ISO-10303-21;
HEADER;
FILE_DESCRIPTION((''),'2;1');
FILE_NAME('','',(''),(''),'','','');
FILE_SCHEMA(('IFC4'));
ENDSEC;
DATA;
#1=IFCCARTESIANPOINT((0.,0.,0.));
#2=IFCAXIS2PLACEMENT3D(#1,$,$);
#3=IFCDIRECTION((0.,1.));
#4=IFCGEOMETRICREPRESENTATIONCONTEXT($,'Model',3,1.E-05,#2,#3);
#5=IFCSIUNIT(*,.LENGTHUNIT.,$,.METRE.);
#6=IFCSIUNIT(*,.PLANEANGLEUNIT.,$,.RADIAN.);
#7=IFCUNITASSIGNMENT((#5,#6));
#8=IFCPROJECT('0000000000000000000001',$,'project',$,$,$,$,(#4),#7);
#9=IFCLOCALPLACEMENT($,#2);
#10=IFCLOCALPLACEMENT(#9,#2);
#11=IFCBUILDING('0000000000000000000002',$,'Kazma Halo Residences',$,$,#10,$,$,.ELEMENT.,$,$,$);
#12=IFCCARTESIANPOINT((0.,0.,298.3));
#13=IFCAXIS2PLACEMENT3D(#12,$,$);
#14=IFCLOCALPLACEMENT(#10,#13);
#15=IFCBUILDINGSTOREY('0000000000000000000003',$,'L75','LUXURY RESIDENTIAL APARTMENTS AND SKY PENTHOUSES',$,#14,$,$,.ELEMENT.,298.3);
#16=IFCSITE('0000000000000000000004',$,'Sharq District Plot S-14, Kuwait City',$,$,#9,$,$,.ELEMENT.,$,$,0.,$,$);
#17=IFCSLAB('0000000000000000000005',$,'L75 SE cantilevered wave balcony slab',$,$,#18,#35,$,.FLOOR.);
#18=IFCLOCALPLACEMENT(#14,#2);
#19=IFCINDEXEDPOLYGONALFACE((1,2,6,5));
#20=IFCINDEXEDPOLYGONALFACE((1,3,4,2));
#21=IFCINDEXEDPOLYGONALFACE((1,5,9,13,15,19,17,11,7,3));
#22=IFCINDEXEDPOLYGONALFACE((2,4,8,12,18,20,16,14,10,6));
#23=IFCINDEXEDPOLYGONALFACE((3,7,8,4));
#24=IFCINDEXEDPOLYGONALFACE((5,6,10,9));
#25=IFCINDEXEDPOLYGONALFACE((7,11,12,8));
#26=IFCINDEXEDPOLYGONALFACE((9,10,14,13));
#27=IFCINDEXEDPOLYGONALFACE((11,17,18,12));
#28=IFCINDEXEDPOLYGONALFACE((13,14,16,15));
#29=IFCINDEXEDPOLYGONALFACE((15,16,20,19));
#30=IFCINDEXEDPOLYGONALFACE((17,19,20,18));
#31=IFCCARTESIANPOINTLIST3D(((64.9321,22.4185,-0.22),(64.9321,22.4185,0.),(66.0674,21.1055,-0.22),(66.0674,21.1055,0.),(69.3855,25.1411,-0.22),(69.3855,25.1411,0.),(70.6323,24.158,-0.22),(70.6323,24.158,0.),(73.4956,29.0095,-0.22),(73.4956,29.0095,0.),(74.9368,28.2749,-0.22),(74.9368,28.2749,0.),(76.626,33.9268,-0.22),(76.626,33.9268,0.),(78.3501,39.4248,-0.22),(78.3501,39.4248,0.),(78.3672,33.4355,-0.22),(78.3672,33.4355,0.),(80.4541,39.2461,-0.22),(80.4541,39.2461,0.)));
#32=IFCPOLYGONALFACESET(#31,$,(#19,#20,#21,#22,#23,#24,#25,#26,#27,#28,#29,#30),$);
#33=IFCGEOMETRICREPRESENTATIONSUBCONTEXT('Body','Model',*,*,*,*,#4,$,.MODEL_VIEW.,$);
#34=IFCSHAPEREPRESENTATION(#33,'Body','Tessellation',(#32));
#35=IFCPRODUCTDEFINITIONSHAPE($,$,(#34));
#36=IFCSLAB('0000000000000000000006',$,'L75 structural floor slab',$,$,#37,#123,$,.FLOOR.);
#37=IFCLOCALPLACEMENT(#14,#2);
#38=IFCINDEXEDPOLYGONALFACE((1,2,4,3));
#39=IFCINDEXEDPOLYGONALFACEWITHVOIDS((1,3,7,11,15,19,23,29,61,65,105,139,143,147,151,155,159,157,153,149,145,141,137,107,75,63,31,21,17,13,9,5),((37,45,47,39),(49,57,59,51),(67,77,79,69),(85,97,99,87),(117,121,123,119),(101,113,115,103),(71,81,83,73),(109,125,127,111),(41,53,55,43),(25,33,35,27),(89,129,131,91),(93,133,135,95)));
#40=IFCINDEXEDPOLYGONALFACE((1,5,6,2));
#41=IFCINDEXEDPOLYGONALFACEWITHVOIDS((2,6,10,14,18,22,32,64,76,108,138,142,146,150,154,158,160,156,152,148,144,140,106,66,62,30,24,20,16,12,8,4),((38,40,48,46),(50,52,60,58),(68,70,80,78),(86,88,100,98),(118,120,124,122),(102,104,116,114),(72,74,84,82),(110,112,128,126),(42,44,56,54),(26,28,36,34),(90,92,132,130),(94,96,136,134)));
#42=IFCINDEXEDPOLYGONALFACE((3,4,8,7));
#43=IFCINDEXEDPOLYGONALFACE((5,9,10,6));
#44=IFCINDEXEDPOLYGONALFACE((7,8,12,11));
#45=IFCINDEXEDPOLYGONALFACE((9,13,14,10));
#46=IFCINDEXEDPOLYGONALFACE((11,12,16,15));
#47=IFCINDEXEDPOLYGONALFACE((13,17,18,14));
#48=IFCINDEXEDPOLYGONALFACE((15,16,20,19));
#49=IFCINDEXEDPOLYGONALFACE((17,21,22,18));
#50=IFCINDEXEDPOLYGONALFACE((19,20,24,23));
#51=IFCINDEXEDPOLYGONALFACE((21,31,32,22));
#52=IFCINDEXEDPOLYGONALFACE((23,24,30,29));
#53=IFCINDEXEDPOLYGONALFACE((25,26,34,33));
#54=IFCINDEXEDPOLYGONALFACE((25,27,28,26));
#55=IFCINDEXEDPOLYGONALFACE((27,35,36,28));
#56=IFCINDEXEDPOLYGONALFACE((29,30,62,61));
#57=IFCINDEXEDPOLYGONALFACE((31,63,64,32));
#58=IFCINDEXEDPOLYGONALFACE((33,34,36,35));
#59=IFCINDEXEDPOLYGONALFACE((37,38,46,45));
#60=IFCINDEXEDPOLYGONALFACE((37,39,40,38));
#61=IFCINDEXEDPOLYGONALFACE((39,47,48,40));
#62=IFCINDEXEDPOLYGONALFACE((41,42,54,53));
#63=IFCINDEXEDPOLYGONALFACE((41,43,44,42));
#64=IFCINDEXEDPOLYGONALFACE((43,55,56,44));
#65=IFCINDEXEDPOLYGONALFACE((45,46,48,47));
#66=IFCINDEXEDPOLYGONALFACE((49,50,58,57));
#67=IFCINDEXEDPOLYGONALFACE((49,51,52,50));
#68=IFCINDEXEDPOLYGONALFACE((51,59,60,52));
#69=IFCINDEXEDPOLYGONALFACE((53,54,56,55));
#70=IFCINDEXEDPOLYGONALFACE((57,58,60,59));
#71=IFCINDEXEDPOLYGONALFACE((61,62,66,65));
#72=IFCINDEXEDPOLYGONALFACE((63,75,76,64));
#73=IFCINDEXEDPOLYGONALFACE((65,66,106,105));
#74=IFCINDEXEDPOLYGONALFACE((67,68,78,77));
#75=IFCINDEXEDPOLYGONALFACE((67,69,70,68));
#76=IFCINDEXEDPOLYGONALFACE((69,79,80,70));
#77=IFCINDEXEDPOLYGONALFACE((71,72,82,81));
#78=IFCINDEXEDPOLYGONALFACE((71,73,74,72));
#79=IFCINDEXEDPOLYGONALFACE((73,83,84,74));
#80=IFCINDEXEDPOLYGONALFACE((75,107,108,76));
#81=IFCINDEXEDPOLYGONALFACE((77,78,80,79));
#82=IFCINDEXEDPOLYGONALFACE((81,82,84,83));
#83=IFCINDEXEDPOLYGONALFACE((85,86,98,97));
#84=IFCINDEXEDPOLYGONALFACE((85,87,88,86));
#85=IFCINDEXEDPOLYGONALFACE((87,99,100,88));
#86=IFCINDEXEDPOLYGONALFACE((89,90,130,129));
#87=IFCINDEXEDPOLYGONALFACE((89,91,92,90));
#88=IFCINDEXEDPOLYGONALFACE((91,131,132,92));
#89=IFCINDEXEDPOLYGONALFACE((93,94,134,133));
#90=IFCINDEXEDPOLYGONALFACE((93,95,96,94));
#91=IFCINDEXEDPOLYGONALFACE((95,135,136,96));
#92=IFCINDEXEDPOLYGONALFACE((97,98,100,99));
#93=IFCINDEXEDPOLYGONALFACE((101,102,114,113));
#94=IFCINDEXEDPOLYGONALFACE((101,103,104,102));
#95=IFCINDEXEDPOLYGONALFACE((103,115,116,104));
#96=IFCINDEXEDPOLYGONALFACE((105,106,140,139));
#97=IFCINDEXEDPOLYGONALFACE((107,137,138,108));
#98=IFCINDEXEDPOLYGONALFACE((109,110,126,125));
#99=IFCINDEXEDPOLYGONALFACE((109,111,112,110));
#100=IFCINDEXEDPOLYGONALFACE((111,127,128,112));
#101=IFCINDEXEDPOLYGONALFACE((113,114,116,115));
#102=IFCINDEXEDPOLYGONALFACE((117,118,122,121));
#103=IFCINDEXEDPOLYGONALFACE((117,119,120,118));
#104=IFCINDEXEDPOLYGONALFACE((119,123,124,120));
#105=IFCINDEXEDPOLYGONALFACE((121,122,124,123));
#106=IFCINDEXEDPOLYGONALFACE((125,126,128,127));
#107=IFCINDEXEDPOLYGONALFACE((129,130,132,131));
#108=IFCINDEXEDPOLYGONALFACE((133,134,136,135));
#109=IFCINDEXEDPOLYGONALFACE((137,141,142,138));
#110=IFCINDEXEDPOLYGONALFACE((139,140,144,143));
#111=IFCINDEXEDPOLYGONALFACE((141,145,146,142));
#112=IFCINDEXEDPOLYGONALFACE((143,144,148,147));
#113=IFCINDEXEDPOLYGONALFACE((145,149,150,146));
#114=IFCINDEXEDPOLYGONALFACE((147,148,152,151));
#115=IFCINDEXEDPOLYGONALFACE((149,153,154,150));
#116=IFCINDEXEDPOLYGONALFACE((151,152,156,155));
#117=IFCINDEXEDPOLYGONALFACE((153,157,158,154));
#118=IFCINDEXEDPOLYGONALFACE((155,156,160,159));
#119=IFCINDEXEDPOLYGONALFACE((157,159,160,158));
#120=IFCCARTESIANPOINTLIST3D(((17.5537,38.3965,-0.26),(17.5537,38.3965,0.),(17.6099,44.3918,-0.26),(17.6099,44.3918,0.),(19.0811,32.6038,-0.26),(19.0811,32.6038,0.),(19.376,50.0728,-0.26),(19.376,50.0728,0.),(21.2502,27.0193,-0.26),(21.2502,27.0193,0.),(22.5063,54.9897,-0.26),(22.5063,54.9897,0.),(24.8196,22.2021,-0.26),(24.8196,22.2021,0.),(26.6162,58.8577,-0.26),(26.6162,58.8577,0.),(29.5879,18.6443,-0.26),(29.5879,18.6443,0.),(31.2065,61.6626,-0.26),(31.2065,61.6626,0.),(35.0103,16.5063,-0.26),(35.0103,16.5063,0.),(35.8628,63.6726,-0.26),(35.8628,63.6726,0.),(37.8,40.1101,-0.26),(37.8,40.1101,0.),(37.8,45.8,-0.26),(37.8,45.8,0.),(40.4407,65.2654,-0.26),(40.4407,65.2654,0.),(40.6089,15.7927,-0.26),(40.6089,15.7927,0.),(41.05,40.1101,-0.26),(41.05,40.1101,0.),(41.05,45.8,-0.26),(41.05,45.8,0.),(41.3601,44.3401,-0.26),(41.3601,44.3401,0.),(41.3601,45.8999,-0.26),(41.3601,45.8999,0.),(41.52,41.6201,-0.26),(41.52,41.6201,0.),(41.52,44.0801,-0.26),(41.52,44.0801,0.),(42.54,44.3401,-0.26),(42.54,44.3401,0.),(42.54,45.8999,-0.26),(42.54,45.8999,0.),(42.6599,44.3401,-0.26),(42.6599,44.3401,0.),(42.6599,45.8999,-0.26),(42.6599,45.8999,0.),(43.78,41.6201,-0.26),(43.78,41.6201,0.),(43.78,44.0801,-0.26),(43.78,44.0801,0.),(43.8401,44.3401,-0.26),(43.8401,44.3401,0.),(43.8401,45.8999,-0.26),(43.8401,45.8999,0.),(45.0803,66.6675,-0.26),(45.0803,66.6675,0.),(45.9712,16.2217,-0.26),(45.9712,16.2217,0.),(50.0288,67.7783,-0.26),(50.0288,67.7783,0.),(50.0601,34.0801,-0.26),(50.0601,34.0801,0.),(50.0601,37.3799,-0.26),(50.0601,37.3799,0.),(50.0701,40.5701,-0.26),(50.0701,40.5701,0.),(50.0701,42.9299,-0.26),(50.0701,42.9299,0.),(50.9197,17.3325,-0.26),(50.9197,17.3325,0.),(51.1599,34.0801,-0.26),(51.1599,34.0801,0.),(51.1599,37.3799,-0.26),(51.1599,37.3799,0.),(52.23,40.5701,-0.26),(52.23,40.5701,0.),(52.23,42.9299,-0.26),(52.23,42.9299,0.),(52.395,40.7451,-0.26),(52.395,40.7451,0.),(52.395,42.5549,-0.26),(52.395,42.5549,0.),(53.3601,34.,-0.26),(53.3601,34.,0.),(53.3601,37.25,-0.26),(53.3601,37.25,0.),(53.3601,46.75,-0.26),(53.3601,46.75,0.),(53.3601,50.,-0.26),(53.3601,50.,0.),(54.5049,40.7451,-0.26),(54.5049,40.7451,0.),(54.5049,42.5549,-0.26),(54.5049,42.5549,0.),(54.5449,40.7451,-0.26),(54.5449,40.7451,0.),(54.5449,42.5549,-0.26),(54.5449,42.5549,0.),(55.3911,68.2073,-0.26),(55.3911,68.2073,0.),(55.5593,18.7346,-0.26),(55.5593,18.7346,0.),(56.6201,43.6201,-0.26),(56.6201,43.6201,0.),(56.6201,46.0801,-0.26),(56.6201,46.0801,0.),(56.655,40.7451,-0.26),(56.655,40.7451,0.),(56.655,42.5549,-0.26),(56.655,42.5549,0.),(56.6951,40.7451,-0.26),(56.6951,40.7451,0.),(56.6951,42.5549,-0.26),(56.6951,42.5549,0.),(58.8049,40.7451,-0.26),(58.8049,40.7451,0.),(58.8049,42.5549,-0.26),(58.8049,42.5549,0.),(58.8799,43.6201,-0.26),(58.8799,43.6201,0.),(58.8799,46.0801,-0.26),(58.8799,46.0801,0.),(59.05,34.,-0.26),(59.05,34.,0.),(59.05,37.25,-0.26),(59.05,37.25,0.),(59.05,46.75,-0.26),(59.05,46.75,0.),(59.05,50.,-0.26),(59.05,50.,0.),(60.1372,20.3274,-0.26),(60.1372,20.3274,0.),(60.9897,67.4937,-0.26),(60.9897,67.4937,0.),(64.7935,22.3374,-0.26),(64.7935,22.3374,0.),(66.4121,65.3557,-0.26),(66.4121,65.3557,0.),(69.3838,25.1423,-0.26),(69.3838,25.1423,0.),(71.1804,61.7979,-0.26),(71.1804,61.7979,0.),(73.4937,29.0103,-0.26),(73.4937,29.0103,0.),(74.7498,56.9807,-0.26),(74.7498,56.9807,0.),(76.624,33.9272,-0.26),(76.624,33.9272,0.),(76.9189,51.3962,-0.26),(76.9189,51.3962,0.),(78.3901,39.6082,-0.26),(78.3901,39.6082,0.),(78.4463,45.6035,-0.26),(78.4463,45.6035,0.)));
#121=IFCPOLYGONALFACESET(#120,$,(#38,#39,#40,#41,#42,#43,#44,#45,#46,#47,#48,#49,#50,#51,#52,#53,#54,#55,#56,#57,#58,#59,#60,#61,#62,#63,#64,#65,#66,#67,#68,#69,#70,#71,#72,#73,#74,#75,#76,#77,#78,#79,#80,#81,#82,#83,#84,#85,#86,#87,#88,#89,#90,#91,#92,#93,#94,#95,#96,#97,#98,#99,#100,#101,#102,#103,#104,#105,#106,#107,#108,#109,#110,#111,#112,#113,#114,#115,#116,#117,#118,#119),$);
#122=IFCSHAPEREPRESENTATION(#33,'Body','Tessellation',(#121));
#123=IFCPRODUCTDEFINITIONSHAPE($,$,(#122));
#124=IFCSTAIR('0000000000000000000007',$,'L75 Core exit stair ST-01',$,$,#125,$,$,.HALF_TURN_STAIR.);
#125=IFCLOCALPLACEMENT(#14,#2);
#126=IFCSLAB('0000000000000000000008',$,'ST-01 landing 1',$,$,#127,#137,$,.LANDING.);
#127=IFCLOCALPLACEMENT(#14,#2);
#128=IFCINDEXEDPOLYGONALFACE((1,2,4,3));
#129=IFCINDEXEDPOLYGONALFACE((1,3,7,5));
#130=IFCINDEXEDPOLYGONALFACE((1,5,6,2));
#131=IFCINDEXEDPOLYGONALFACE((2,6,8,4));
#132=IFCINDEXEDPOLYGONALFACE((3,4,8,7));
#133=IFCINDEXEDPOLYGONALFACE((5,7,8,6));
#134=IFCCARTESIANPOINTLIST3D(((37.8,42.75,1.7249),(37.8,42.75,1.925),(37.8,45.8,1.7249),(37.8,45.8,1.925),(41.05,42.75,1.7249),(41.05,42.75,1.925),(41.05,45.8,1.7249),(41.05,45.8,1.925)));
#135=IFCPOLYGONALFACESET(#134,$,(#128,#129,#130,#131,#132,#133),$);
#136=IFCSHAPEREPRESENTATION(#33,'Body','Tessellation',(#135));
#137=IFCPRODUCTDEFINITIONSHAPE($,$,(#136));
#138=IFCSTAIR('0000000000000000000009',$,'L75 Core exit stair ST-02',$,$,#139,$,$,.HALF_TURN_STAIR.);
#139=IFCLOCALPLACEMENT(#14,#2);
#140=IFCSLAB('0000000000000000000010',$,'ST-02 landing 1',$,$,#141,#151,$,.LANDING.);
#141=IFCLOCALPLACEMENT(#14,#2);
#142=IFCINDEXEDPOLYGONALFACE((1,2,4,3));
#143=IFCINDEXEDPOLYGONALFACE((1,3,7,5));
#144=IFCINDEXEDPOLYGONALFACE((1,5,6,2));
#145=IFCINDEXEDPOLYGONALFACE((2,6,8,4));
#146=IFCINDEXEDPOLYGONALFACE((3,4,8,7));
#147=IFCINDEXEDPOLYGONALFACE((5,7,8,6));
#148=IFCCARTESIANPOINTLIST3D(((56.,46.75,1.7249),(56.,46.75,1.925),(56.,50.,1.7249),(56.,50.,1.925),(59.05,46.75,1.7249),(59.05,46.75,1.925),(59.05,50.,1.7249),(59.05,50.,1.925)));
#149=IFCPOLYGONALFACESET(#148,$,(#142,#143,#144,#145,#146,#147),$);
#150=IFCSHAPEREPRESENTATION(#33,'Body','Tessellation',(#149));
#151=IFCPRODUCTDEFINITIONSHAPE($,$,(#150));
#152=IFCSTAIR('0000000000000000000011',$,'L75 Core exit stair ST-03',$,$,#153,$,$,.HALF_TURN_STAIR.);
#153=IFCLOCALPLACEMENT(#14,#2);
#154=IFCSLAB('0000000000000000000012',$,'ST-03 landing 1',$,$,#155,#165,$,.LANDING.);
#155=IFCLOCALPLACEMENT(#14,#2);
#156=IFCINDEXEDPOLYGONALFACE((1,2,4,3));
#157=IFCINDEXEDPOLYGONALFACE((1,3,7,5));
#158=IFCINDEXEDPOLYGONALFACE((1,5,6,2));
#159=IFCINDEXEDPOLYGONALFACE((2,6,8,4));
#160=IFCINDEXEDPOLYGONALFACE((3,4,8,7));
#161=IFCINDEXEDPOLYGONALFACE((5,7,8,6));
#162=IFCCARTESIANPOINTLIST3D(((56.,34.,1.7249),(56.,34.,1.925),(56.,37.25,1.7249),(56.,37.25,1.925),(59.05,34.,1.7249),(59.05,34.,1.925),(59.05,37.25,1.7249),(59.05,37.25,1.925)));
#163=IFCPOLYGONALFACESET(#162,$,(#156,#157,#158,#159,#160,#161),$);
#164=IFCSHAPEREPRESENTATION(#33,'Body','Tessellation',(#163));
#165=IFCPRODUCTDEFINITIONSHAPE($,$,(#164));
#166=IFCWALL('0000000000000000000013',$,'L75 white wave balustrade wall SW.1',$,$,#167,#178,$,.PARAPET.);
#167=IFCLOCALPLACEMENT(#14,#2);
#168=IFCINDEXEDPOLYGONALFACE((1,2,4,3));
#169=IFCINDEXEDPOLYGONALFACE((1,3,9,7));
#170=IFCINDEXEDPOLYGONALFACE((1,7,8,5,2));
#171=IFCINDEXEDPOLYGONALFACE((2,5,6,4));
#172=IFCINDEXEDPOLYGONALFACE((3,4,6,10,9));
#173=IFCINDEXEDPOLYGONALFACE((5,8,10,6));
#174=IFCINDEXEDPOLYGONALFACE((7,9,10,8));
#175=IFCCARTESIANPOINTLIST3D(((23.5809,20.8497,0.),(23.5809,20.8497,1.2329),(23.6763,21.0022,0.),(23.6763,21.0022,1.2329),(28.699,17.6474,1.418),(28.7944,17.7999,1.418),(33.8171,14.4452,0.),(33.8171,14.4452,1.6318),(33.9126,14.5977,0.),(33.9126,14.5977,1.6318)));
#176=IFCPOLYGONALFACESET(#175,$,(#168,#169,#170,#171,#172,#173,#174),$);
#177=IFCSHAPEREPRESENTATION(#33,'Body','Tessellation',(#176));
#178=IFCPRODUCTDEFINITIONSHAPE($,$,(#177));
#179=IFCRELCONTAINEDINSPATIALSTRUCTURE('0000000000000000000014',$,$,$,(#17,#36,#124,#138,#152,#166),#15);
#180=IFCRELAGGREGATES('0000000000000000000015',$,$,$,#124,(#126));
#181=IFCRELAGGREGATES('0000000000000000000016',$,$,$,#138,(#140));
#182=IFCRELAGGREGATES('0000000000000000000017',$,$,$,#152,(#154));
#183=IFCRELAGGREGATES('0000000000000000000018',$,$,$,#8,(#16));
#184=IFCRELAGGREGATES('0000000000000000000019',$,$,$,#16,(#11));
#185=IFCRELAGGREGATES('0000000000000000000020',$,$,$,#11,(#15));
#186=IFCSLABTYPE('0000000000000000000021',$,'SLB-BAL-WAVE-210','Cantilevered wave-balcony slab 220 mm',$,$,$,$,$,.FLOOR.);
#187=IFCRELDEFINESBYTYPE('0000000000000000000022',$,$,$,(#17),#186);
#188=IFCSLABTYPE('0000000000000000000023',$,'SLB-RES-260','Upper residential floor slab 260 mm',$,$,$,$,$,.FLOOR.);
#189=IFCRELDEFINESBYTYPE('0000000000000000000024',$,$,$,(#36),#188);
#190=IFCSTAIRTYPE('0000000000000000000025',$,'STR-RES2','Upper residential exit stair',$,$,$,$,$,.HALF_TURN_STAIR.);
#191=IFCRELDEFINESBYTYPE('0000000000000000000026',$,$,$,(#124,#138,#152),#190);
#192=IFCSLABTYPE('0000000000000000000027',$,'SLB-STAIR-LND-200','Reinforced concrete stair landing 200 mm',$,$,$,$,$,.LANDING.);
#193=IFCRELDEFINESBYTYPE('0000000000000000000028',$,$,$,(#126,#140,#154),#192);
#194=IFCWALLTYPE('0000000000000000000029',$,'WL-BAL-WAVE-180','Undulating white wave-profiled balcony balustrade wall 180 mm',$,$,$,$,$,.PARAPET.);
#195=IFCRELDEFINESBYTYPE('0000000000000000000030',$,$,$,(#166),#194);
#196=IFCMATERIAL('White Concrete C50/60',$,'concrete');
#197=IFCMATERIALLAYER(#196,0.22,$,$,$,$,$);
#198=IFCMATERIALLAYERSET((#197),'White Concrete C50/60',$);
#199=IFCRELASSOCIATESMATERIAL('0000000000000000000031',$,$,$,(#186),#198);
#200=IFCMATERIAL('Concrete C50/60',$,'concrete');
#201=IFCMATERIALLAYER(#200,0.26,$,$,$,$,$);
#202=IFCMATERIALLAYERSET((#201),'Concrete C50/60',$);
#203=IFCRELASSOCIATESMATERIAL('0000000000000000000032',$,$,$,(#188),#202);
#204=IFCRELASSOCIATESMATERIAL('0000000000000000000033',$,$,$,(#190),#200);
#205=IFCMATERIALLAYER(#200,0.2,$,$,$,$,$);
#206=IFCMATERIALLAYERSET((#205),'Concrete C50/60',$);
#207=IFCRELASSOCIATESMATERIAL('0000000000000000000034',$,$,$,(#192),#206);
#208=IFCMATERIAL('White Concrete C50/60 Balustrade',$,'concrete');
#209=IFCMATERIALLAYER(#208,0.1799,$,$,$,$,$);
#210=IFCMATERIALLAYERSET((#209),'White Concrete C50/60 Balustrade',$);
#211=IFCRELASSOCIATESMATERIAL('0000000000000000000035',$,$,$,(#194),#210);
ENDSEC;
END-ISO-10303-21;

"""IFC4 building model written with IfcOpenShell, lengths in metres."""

from ifc_helpers import new_model, si_unit, direction, frame, origin, place, context, subcontext, project, spatial, polyline, outline, extrude, material, layer, layer_set, type_object, element, aggregate, save


model = new_model("IFC4")

# Units and contexts
model_context = context("Model", 3, precision=1e-05, world=origin(), true_north=direction((0.0, 1.0)))
body_context = subcontext(model_context, "Body", "Model", "MODEL_VIEW")
ifc_project = project(units=[si_unit("LENGTHUNIT", "METRE"), si_unit("PLANEANGLEUNIT", "RADIAN")], contexts=[model_context])

# Site, building, storey
site_placement = place(None, origin())
site = spatial("IfcSite", under=ifc_project, at=site_placement, Name="Sharq District Plot S-14, Kuwait City", CompositionType="ELEMENT", RefElevation=0.0)
building_placement = place(site_placement, origin())
building = spatial("IfcBuilding", under=site, at=building_placement, Name="Kazma Halo Residences", CompositionType="ELEMENT")
storey_placement = place(building_placement, frame((0.0, 0.0, 298.3)))
storey = spatial("IfcBuildingStorey", under=building, at=storey_placement, Name="L75", Description="LUXURY RESIDENTIAL APARTMENTS AND SKY PENTHOUSES", CompositionType="ELEMENT", Elevation=298.3)

# Slabs
ifc_material_1 = material(Name="White Concrete C50/60", Category="concrete")
ifc_layer_1 = layer(ifc_material_1, 0.22)
ifc_layer_set_1 = layer_set([ifc_layer_1], Name="White Concrete C50/60")
slab_type_1 = type_object("IfcSlabType", Name="SLB-BAL-WAVE-210", Description="Cantilevered wave-balcony slab 220 mm", PredefinedType="FLOOR", material=ifc_layer_set_1)
slab_1_placement = place(storey_placement, frame((0.0, 0.0, -0.22)))
element("IfcSlab", 1, at=slab_1_placement, inside=storey, type_object=slab_type_1, Name="L75 SE cantilevered wave balcony slab", PredefinedType="FLOOR", context=body_context, shape_type="SweptSolid", body=[
    extrude(outline(polyline([(64.9321, 22.4185), (69.3855, 25.1411), (73.4956, 29.0095), (76.626, 33.9268), (78.3501, 39.4248), (80.4541, 39.2461), (78.3672, 33.4355), (74.9368, 28.2749), (70.6323, 24.158), (66.0674, 21.1055), (64.9321, 22.4185)])), origin(), (0.0, 0.0, 1.0), 0.22),
])
ifc_material_2 = material(Name="Concrete C50/60", Category="concrete")
ifc_layer_2 = layer(ifc_material_2, 0.26)
ifc_layer_set_2 = layer_set([ifc_layer_2], Name="Concrete C50/60")
slab_type_2 = type_object("IfcSlabType", Name="SLB-RES-260", Description="Upper residential floor slab 260 mm", PredefinedType="FLOOR", material=ifc_layer_set_2)
slab_2_placement = place(storey_placement, frame((0.0, 0.0, -0.26)))
element("IfcSlab", 2, at=slab_2_placement, inside=storey, type_object=slab_type_2, Name="L75 structural floor slab", PredefinedType="FLOOR", context=body_context, shape_type="SweptSolid", body=[
    extrude(outline(polyline([(76.9189, 51.3962), (74.7498, 56.9807), (71.1804, 61.7979), (66.4121, 65.3557), (60.9897, 67.4937), (55.3911, 68.2073), (50.0288, 67.7783), (45.0803, 66.6675), (40.4407, 65.2654), (35.8628, 63.6726), (31.2065, 61.6626), (26.6162, 58.8577), (22.5063, 54.9897), (19.376, 50.0728), (17.6099, 44.3918), (17.5537, 38.3965), (19.0811, 32.6038), (21.2502, 27.0193), (24.8196, 22.2021), (29.5879, 18.6443), (35.0103, 16.5063), (40.6089, 15.7927), (45.9712, 16.2217), (50.9197, 17.3325), (55.5593, 18.7346), (60.1372, 20.3274), (64.7935, 22.3374), (69.3838, 25.1423), (73.4937, 29.0103), (76.624, 33.9272), (78.3901, 39.6082), (78.4463, 45.6035), (76.9189, 51.3962)]), holes=[polyline([(37.8, 40.1101), (41.05, 40.1101), (41.05, 45.8), (37.8, 45.8), (37.8, 40.1101)]), polyline([(53.3601, 46.75), (59.05, 46.75), (59.05, 50.0), (53.3601, 50.0), (53.3601, 46.75)]), polyline([(53.3601, 34.0), (59.05, 34.0), (59.05, 37.25), (53.3601, 37.25), (53.3601, 34.0)]), polyline([(41.52, 41.6201), (43.78, 41.6201), (43.78, 44.0801), (41.52, 44.0801), (41.52, 41.6201)]), polyline([(56.6201, 43.6201), (58.8799, 43.6201), (58.8799, 46.0801), (56.6201, 46.0801), (56.6201, 43.6201)]), polyline([(52.395, 40.7451), (54.5049, 40.7451), (54.5049, 42.5549), (52.395, 42.5549), (52.395, 40.7451)]), polyline([(54.5449, 40.7451), (56.655, 40.7451), (56.655, 42.5549), (54.5449, 42.5549), (54.5449, 40.7451)]), polyline([(56.6951, 40.7451), (58.8049, 40.7451), (58.8049, 42.5549), (56.6951, 42.5549), (56.6951, 40.7451)]), polyline([(50.0701, 40.5701), (52.23, 40.5701), (52.23, 42.9299), (50.0701, 42.9299), (50.0701, 40.5701)]), polyline([(41.3601, 44.3401), (42.54, 44.3401), (42.54, 45.8999), (41.3601, 45.8999), (41.3601, 44.3401)]), polyline([(42.6599, 44.3401), (43.8401, 44.3401), (43.8401, 45.8999), (42.6599, 45.8999), (42.6599, 44.3401)]), polyline([(50.0601, 34.0801), (51.1599, 34.0801), (51.1599, 37.3799), (50.0601, 37.3799), (50.0601, 34.0801)])]), origin(), (0.0, 0.0, 1.0), 0.26),
])

# Stairs, slabs
stair_type = type_object("IfcStairType", Name="STR-RES2", Description="Upper residential exit stair", PredefinedType="HALF_TURN_STAIR", material=ifc_material_2)
stair_1_placement = place(storey_placement, origin())
stair_1 = element("IfcStair", 3, at=stair_1_placement, inside=storey, type_object=stair_type, Name="L75 Core exit stair ST-01", PredefinedType="HALF_TURN_STAIR")
ifc_layer_3 = layer(ifc_material_2, 0.2)
ifc_layer_set_3 = layer_set([ifc_layer_3], Name="Concrete C50/60")
slab_type_3 = type_object("IfcSlabType", Name="SLB-STAIR-LND-200", Description="Reinforced concrete stair landing 200 mm", PredefinedType="LANDING", material=ifc_layer_set_3)
slab_3_placement = place(storey_placement, frame((0.0, 0.0, 1.7249)))
slab_3 = element("IfcSlab", 4, at=slab_3_placement, type_object=slab_type_3, Name="ST-01 landing 1", PredefinedType="LANDING", context=body_context, shape_type="SweptSolid", body=[
    extrude(outline(polyline([(41.05, 42.75), (41.05, 45.8), (37.8, 45.8), (37.8, 42.75), (41.05, 42.75)])), origin(), (0.0, 0.0, 1.0), 0.2002),
])
aggregate(stair_1, [slab_3])
stair_2_placement = place(storey_placement, origin())
stair_2 = element("IfcStair", 5, at=stair_2_placement, inside=storey, type_object=stair_type, Name="L75 Core exit stair ST-02", PredefinedType="HALF_TURN_STAIR")
slab_4_placement = place(storey_placement, frame((0.0, 0.0, 1.7249)))
slab_4 = element("IfcSlab", 6, at=slab_4_placement, type_object=slab_type_3, Name="ST-02 landing 1", PredefinedType="LANDING", context=body_context, shape_type="SweptSolid", body=[
    extrude(outline(polyline([(56.0, 46.75), (59.05, 46.75), (59.05, 50.0), (56.0, 50.0), (56.0, 46.75)])), origin(), (0.0, 0.0, 1.0), 0.2002),
])
aggregate(stair_2, [slab_4])
stair_3_placement = place(storey_placement, origin())
stair_3 = element("IfcStair", 7, at=stair_3_placement, inside=storey, type_object=stair_type, Name="L75 Core exit stair ST-03", PredefinedType="HALF_TURN_STAIR")
slab_5_placement = place(storey_placement, frame((0.0, 0.0, 1.7249)))
slab_5 = element("IfcSlab", 8, at=slab_5_placement, type_object=slab_type_3, Name="ST-03 landing 1", PredefinedType="LANDING", context=body_context, shape_type="SweptSolid", body=[
    extrude(outline(polyline([(56.0, 34.0), (59.05, 34.0), (59.05, 37.25), (56.0, 37.25), (56.0, 34.0)])), origin(), (0.0, 0.0, 1.0), 0.2002),
])
aggregate(stair_3, [slab_5])

# Wall
ifc_material_3 = material(Name="White Concrete C50/60 Balustrade", Category="concrete")
ifc_layer_4 = layer(ifc_material_3, 0.1799)
ifc_layer_set_4 = layer_set([ifc_layer_4], Name="White Concrete C50/60 Balustrade")
wall_type_1 = type_object("IfcWallType", Name="WL-BAL-WAVE-180", Description="Undulating white wave-profiled balcony balustrade wall 180 mm", PredefinedType="PARAPET", material=ifc_layer_set_4)
wall_1_placement = place(storey_placement, frame((23.6287, 20.926, 0.0), z_axis=(0.0, 0.0, 1.0), x_axis=(0.847744, -0.530406, 0.0)))
element("IfcWall", 9, at=wall_1_placement, inside=storey, type_object=wall_type_1, Name="L75 white wave balustrade wall SW.1", PredefinedType="PARAPET", context=body_context, shape_type="SweptSolid", body=[
    extrude(outline(polyline([(0.0, 0.0), (12.0747, 0.0), (12.0747, 1.6318), (6.0374, 1.418), (0.0, 1.2329), (0.0, 0.0)])), frame((0.0, 0.0898, 0.0), z_axis=(0.0, -1.0, 0.0), x_axis=(1.0, 0.0, 0.0)), (0.0, 0.0, 1.0), 0.1799),
])

save(model, "model.ifc")
